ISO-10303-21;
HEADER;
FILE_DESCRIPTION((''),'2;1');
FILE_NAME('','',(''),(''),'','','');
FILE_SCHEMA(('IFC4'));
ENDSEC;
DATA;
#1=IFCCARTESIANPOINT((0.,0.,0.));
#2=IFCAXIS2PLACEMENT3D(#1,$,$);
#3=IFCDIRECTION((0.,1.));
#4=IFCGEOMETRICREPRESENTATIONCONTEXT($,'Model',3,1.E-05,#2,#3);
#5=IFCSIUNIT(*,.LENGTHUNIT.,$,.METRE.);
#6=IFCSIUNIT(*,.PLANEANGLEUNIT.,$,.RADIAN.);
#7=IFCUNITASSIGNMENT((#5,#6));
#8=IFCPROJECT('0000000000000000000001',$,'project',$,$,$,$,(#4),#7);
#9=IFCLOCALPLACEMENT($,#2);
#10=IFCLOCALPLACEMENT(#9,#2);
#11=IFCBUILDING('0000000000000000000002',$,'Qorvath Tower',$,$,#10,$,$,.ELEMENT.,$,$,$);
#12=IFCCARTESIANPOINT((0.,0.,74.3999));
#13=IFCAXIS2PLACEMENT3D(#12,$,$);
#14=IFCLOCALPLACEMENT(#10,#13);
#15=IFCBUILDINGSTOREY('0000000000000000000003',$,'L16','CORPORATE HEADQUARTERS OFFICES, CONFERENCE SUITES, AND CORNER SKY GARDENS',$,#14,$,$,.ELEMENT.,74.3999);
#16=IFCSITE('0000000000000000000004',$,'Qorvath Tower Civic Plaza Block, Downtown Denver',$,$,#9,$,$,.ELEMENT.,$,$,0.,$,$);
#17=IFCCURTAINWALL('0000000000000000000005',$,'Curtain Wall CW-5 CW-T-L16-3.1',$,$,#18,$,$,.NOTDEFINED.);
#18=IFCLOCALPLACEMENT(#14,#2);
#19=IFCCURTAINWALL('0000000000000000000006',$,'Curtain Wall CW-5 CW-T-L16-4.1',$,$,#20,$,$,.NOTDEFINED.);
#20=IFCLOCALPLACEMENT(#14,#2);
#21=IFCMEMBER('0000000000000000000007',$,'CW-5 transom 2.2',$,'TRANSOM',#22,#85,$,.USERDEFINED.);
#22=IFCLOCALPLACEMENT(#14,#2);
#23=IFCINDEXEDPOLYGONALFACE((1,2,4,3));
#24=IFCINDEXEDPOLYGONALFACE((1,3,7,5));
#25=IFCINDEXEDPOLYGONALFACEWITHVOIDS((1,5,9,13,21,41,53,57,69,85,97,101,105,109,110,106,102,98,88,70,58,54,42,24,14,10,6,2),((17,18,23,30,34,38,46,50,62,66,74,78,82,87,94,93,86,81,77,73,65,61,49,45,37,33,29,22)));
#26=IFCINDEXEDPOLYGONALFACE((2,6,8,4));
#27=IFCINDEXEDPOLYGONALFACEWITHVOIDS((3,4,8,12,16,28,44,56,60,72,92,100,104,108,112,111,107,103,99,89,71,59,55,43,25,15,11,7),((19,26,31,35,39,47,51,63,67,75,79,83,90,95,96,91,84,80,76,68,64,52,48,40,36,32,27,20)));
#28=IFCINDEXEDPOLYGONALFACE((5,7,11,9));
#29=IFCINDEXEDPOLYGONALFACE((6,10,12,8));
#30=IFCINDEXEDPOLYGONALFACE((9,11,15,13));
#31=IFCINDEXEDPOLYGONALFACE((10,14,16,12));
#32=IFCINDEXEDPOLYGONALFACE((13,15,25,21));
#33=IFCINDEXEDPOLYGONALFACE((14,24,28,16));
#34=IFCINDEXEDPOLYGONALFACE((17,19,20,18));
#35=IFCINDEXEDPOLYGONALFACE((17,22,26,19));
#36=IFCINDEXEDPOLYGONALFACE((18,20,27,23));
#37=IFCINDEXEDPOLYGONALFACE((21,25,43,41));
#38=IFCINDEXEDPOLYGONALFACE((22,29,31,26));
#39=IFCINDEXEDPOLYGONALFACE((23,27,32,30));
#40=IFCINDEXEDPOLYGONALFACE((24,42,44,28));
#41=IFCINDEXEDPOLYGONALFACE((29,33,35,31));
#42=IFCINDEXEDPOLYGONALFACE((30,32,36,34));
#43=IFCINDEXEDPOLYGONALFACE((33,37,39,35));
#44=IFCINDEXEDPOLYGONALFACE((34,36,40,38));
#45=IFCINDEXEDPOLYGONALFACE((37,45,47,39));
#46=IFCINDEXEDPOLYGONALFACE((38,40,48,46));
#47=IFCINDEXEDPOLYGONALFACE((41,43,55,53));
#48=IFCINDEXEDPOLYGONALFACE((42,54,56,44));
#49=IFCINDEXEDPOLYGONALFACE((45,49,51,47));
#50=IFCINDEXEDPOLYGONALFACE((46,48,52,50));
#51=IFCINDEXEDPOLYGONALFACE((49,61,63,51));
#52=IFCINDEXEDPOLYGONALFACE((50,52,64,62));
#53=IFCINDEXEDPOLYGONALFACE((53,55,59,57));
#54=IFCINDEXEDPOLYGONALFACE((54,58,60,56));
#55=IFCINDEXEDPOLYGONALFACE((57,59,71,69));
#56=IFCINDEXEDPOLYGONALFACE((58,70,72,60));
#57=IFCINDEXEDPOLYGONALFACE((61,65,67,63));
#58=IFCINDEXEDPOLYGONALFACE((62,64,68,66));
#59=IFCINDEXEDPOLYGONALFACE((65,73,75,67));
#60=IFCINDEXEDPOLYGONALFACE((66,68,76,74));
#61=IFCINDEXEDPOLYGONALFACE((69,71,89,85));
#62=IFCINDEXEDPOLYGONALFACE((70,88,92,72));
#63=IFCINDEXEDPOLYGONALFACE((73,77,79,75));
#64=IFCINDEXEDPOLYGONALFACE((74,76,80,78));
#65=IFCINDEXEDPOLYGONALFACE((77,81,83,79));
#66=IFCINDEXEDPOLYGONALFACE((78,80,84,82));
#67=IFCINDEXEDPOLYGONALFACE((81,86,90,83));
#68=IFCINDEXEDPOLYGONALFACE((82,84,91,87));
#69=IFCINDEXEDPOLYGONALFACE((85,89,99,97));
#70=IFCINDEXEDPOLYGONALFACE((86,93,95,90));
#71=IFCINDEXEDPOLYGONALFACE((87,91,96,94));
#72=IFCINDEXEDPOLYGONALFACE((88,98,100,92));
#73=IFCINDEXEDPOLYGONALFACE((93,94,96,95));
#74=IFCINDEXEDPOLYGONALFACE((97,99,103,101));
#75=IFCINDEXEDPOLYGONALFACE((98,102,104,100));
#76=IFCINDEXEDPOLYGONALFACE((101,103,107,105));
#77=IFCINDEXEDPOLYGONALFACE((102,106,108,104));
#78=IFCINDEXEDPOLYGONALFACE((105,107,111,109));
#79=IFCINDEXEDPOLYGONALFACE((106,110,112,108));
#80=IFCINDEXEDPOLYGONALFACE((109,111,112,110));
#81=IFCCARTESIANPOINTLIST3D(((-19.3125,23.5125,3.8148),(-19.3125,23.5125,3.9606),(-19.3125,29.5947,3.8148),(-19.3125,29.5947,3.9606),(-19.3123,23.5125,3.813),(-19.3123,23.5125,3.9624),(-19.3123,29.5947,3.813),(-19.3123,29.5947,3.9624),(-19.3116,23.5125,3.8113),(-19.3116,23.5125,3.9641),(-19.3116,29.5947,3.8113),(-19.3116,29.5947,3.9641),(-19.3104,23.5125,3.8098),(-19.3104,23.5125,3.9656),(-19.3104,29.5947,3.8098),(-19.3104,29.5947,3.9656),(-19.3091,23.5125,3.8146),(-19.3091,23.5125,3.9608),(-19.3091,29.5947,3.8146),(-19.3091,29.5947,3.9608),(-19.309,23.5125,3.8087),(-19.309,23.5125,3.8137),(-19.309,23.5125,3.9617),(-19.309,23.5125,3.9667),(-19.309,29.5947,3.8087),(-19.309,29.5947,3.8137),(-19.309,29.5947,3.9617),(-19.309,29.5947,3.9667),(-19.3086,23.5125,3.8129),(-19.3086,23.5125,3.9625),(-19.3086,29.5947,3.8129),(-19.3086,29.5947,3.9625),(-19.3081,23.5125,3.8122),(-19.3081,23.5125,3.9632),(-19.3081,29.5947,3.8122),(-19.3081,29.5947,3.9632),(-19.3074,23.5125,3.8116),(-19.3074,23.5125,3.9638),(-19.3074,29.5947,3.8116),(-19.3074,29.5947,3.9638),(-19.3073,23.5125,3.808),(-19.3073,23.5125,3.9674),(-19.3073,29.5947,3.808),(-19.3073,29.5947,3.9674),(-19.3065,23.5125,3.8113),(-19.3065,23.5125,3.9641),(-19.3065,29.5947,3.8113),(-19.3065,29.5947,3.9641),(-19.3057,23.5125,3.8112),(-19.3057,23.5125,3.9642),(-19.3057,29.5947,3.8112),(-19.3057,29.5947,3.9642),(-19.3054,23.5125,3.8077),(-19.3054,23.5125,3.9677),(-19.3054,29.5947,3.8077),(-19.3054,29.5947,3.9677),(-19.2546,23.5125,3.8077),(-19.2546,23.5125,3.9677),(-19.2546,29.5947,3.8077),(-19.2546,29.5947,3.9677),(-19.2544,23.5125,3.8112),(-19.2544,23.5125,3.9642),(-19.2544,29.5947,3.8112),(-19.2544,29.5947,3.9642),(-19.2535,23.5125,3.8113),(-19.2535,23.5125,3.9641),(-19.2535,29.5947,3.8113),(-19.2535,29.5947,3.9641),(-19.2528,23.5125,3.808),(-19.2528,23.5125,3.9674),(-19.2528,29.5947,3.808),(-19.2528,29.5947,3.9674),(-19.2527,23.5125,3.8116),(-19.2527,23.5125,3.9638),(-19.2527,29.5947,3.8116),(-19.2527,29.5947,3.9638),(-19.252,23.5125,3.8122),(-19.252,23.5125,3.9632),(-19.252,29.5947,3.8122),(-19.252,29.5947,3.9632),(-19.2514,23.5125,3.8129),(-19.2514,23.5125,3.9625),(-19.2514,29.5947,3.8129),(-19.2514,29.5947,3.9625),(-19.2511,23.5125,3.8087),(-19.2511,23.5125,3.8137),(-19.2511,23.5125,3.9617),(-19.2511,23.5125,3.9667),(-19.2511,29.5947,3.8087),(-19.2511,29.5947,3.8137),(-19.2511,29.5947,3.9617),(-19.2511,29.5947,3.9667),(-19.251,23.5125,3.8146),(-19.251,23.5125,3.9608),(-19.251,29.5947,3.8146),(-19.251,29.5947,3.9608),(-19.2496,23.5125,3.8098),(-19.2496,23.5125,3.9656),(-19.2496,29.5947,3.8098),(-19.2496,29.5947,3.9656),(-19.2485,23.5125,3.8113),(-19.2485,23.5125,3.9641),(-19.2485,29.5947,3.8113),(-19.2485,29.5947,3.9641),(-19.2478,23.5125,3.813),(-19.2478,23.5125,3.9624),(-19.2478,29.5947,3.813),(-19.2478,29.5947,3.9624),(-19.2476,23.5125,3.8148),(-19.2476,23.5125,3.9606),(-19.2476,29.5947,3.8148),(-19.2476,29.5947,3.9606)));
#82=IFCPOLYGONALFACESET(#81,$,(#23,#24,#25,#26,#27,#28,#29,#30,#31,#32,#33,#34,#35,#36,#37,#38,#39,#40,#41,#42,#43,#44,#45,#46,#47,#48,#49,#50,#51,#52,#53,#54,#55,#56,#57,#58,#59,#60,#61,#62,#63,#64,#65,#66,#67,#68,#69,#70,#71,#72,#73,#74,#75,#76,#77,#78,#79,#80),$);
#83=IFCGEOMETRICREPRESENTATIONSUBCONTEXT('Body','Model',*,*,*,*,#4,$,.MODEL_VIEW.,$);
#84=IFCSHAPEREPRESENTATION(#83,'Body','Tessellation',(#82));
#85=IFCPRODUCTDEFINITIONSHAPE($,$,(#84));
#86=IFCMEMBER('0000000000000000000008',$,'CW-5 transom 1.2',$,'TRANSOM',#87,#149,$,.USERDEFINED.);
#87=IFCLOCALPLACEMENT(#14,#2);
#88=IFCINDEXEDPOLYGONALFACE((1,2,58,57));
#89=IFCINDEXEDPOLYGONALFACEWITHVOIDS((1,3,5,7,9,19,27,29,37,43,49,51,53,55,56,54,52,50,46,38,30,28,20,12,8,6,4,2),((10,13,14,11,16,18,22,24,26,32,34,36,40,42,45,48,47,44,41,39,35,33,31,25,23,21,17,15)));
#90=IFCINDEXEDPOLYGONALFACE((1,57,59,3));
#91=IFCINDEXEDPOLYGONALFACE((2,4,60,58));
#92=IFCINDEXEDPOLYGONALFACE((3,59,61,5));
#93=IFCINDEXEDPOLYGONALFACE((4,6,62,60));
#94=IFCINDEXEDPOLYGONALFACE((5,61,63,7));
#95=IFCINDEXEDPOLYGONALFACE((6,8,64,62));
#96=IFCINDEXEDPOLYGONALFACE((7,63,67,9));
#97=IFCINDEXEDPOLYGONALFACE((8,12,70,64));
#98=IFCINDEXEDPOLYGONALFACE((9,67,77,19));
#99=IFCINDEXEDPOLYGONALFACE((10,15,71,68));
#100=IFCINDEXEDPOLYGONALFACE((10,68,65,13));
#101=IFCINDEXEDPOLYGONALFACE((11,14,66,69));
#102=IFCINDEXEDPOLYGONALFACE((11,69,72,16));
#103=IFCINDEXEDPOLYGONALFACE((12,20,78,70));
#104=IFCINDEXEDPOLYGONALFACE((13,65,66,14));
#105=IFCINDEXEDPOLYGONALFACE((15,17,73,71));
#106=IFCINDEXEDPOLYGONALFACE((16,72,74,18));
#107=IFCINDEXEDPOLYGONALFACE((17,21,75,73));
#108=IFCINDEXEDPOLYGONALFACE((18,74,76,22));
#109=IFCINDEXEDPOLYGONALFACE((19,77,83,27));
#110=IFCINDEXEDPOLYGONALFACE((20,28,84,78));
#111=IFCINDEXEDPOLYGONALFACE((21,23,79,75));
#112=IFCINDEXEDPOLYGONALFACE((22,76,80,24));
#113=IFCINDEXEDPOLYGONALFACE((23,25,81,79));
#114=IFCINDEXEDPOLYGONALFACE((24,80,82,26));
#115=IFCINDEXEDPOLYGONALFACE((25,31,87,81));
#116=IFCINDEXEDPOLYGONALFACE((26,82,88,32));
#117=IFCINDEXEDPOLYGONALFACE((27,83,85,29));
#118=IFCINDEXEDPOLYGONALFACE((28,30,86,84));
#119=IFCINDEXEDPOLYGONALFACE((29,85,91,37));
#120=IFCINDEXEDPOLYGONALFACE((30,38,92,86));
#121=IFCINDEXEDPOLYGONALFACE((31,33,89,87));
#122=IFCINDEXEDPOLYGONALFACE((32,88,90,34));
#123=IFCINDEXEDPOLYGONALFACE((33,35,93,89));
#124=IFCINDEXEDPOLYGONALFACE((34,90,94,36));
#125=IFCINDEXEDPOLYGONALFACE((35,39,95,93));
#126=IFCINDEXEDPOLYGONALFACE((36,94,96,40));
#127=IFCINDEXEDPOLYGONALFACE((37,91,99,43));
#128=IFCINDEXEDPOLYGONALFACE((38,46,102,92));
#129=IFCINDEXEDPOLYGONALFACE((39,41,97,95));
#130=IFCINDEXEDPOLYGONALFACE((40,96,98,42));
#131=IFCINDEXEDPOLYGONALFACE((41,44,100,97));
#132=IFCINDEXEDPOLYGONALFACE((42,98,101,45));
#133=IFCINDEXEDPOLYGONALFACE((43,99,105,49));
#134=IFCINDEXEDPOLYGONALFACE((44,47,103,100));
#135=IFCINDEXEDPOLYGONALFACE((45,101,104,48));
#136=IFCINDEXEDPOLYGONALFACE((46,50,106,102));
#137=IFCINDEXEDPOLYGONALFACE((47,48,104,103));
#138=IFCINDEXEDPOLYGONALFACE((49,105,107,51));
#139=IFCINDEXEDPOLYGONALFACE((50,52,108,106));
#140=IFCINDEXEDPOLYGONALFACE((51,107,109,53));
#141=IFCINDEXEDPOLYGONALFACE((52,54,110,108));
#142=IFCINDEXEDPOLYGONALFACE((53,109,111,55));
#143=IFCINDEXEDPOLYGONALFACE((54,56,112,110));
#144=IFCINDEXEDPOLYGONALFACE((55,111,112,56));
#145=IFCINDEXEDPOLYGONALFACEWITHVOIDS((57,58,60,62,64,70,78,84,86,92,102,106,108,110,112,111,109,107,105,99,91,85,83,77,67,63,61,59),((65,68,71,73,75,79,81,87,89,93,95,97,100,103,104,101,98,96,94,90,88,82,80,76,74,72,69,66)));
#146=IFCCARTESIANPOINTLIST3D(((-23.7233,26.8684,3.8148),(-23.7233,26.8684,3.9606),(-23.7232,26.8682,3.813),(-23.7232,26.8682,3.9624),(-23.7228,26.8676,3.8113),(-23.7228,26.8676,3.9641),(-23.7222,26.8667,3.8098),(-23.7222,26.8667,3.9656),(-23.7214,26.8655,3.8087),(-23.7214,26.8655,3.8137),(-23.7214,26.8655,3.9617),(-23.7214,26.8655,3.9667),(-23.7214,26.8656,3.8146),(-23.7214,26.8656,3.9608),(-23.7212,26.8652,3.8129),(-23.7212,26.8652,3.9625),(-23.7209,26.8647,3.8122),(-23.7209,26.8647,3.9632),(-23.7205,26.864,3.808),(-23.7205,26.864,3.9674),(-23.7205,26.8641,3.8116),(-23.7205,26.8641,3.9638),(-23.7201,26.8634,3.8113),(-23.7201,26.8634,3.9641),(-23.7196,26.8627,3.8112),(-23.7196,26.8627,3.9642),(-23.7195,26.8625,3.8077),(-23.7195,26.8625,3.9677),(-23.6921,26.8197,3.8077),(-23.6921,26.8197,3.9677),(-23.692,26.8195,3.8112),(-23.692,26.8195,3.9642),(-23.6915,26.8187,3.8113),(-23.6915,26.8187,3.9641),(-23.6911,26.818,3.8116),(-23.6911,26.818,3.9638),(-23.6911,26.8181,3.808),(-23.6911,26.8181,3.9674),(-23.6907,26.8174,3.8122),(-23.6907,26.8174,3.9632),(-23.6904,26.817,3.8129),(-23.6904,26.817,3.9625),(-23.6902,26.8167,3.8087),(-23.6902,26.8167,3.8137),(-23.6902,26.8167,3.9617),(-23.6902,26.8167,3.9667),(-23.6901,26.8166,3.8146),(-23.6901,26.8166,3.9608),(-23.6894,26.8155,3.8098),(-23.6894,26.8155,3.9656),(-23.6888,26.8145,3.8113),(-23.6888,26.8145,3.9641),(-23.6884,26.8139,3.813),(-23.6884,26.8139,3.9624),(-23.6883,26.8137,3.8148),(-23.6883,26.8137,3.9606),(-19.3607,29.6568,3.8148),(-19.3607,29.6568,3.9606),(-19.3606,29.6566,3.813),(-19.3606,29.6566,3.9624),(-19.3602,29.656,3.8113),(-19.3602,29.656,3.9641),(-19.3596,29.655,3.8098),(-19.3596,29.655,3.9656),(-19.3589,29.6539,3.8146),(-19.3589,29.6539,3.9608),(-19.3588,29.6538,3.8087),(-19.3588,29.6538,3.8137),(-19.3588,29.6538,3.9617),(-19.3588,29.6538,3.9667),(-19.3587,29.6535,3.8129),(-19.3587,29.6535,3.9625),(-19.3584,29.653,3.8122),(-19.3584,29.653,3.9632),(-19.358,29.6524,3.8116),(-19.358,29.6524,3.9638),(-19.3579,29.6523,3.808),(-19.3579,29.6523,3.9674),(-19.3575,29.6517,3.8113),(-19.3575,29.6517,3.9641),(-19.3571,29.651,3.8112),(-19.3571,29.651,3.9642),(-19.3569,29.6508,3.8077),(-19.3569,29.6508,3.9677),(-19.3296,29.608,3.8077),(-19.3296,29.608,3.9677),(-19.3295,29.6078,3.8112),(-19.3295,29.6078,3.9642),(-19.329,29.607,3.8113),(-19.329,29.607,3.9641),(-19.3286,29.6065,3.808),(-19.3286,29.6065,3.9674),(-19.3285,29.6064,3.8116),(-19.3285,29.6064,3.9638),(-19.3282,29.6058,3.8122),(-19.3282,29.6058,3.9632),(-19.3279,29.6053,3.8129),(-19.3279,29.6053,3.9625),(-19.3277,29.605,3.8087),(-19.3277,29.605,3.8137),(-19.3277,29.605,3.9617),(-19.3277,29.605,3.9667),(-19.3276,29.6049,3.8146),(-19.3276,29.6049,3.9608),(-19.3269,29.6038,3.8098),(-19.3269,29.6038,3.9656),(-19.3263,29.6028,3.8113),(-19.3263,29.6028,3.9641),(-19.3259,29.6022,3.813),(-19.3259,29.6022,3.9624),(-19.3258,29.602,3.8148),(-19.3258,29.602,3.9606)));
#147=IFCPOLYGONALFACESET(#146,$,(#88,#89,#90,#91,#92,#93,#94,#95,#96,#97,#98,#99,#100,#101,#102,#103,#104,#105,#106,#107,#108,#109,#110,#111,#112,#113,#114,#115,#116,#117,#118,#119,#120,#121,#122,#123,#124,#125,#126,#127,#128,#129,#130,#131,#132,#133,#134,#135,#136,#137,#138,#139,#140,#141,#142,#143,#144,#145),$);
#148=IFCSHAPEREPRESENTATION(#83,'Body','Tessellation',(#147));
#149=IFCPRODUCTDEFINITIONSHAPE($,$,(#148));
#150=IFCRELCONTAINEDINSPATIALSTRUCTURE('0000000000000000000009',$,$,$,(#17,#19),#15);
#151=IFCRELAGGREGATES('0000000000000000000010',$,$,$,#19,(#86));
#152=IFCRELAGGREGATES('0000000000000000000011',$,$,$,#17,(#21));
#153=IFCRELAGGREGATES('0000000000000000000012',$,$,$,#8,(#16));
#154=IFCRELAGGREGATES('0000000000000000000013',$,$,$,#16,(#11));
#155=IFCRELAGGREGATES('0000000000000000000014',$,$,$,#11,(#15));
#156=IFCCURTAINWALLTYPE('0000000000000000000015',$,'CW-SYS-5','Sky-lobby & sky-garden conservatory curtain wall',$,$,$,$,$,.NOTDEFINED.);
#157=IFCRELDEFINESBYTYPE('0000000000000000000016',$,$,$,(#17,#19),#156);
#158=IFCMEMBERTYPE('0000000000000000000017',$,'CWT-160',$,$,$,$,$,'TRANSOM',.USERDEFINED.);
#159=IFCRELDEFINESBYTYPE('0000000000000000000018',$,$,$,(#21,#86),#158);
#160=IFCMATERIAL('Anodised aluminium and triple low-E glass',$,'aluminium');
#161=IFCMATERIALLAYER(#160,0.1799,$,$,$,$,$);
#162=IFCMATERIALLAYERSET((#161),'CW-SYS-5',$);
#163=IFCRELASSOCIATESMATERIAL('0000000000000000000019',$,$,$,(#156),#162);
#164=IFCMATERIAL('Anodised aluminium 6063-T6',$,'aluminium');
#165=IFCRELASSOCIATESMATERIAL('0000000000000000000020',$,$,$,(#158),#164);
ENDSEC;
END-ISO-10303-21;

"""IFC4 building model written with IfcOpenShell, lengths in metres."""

from ifc_helpers import new_model, si_unit, direction, frame, origin, origin_2d, place, context, subcontext, project, spatial, hollow_rectangle, extrude, material, layer, layer_set, material_profile, profile_set, type_object, element, aggregate, save


model = new_model("IFC4")

# Units and contexts
model_context = context("Model", 3, precision=1e-05, world=origin(), true_north=direction((0.0, 1.0)))
body_context = subcontext(model_context, "Body", "Model", "MODEL_VIEW")
ifc_project = project(units=[si_unit("LENGTHUNIT", "METRE"), si_unit("PLANEANGLEUNIT", "RADIAN")], contexts=[model_context])

# Site, building, storey
site_placement = place(None, origin())
site = spatial("IfcSite", under=ifc_project, at=site_placement, Name="Qorvath Tower Civic Plaza Block, Downtown Denver", CompositionType="ELEMENT", RefElevation=0.0)
building_placement = place(site_placement, origin())
building = spatial("IfcBuilding", under=site, at=building_placement, Name="Qorvath Tower", CompositionType="ELEMENT")
storey_placement = place(building_placement, frame((0.0, 0.0, 74.3999)))
storey = spatial("IfcBuildingStorey", under=building, at=storey_placement, Name="L16", Description="CORPORATE HEADQUARTERS OFFICES, CONFERENCE SUITES, AND CORNER SKY GARDENS", CompositionType="ELEMENT", Elevation=74.3999)

# Shared definitions
ifc_material_1 = material(Name="Anodised aluminium and triple low-E glass", Category="aluminium")
ifc_layer_1 = layer(ifc_material_1, 0.1799)
ifc_layer_set_1 = layer_set([ifc_layer_1], Name="CW-SYS-5")
curtain_wall_type = type_object("IfcCurtainWallType", Name="CW-SYS-5", Description="Sky-lobby & sky-garden conservatory curtain wall", PredefinedType="NOTDEFINED", material=ifc_layer_set_1)

# Curtain wall
curtain_wall_1_placement = place(storey_placement, origin())
curtain_wall_1 = element("IfcCurtainWall", 1, at=curtain_wall_1_placement, inside=storey, type_object=curtain_wall_type, Name="Curtain Wall CW-5 CW-T-L16-3.1", PredefinedType="NOTDEFINED")

# Curtain wall
curtain_wall_2_placement = place(storey_placement, origin())
curtain_wall_2 = element("IfcCurtainWall", 2, at=curtain_wall_2_placement, inside=storey, type_object=curtain_wall_type, Name="Curtain Wall CW-5 CW-T-L16-4.1", PredefinedType="NOTDEFINED")

# Members
ifc_material_2 = material(Name="Anodised aluminium 6063-T6", Category="aluminium")
ifc_material_profile_1 = material_profile(ifc_material_2, hollow_rectangle(XDim=0.0649, YDim=0.1599, WallThickness=0.0034, InnerFilletRadius=0.0034, OuterFilletRadius=0.0071, at=origin_2d()), Name="CWT 160x65")
ifc_profile_set_1 = profile_set([ifc_material_profile_1], Name="Anodised aluminium 6063-T6")
member_type_1 = type_object("IfcMemberType", Name="CWT-160", ElementType="TRANSOM", PredefinedType="USERDEFINED", material=ifc_profile_set_1)
member_1_placement = place(storey_placement, frame((-19.28, 23.5125, 3.8877), z_axis=(0.0, 1.0, 0.0), x_axis=(-1.0, 0.0, 0.0)))
member_1 = element("IfcMember", 3, at=member_1_placement, type_object=member_type_1, Name="CW-5 transom 2.2", ObjectType="TRANSOM", PredefinedType="USERDEFINED", context=body_context, shape_type="SweptSolid", body=[
    extrude(hollow_rectangle(XDim=0.0649, YDim=0.1599, WallThickness=0.0034, InnerFilletRadius=0.0034, OuterFilletRadius=0.0071, at=origin_2d()), origin(), (0.0, 0.0, 1.0), 6.0823),
])
member_2_placement = place(storey_placement, frame((-19.3433, 29.6294, 3.8877), z_axis=(-0.842596, -0.538546, 0.0), x_axis=(0.538546, -0.842596, 0.0)))
member_2 = element("IfcMember", 4, at=member_2_placement, type_object=member_type_1, Name="CW-5 transom 1.2", ObjectType="TRANSOM", PredefinedType="USERDEFINED", context=body_context, shape_type="SweptSolid", body=[
    extrude(hollow_rectangle(XDim=0.0649, YDim=0.1599, WallThickness=0.0034, InnerFilletRadius=0.0034, OuterFilletRadius=0.0071, at=origin_2d()), origin(), (0.0, 0.0, 1.0), 5.1775),
])
aggregate(curtain_wall_2, [member_2])

aggregate(curtain_wall_1, [member_1])

save(model, "model.ifc")
